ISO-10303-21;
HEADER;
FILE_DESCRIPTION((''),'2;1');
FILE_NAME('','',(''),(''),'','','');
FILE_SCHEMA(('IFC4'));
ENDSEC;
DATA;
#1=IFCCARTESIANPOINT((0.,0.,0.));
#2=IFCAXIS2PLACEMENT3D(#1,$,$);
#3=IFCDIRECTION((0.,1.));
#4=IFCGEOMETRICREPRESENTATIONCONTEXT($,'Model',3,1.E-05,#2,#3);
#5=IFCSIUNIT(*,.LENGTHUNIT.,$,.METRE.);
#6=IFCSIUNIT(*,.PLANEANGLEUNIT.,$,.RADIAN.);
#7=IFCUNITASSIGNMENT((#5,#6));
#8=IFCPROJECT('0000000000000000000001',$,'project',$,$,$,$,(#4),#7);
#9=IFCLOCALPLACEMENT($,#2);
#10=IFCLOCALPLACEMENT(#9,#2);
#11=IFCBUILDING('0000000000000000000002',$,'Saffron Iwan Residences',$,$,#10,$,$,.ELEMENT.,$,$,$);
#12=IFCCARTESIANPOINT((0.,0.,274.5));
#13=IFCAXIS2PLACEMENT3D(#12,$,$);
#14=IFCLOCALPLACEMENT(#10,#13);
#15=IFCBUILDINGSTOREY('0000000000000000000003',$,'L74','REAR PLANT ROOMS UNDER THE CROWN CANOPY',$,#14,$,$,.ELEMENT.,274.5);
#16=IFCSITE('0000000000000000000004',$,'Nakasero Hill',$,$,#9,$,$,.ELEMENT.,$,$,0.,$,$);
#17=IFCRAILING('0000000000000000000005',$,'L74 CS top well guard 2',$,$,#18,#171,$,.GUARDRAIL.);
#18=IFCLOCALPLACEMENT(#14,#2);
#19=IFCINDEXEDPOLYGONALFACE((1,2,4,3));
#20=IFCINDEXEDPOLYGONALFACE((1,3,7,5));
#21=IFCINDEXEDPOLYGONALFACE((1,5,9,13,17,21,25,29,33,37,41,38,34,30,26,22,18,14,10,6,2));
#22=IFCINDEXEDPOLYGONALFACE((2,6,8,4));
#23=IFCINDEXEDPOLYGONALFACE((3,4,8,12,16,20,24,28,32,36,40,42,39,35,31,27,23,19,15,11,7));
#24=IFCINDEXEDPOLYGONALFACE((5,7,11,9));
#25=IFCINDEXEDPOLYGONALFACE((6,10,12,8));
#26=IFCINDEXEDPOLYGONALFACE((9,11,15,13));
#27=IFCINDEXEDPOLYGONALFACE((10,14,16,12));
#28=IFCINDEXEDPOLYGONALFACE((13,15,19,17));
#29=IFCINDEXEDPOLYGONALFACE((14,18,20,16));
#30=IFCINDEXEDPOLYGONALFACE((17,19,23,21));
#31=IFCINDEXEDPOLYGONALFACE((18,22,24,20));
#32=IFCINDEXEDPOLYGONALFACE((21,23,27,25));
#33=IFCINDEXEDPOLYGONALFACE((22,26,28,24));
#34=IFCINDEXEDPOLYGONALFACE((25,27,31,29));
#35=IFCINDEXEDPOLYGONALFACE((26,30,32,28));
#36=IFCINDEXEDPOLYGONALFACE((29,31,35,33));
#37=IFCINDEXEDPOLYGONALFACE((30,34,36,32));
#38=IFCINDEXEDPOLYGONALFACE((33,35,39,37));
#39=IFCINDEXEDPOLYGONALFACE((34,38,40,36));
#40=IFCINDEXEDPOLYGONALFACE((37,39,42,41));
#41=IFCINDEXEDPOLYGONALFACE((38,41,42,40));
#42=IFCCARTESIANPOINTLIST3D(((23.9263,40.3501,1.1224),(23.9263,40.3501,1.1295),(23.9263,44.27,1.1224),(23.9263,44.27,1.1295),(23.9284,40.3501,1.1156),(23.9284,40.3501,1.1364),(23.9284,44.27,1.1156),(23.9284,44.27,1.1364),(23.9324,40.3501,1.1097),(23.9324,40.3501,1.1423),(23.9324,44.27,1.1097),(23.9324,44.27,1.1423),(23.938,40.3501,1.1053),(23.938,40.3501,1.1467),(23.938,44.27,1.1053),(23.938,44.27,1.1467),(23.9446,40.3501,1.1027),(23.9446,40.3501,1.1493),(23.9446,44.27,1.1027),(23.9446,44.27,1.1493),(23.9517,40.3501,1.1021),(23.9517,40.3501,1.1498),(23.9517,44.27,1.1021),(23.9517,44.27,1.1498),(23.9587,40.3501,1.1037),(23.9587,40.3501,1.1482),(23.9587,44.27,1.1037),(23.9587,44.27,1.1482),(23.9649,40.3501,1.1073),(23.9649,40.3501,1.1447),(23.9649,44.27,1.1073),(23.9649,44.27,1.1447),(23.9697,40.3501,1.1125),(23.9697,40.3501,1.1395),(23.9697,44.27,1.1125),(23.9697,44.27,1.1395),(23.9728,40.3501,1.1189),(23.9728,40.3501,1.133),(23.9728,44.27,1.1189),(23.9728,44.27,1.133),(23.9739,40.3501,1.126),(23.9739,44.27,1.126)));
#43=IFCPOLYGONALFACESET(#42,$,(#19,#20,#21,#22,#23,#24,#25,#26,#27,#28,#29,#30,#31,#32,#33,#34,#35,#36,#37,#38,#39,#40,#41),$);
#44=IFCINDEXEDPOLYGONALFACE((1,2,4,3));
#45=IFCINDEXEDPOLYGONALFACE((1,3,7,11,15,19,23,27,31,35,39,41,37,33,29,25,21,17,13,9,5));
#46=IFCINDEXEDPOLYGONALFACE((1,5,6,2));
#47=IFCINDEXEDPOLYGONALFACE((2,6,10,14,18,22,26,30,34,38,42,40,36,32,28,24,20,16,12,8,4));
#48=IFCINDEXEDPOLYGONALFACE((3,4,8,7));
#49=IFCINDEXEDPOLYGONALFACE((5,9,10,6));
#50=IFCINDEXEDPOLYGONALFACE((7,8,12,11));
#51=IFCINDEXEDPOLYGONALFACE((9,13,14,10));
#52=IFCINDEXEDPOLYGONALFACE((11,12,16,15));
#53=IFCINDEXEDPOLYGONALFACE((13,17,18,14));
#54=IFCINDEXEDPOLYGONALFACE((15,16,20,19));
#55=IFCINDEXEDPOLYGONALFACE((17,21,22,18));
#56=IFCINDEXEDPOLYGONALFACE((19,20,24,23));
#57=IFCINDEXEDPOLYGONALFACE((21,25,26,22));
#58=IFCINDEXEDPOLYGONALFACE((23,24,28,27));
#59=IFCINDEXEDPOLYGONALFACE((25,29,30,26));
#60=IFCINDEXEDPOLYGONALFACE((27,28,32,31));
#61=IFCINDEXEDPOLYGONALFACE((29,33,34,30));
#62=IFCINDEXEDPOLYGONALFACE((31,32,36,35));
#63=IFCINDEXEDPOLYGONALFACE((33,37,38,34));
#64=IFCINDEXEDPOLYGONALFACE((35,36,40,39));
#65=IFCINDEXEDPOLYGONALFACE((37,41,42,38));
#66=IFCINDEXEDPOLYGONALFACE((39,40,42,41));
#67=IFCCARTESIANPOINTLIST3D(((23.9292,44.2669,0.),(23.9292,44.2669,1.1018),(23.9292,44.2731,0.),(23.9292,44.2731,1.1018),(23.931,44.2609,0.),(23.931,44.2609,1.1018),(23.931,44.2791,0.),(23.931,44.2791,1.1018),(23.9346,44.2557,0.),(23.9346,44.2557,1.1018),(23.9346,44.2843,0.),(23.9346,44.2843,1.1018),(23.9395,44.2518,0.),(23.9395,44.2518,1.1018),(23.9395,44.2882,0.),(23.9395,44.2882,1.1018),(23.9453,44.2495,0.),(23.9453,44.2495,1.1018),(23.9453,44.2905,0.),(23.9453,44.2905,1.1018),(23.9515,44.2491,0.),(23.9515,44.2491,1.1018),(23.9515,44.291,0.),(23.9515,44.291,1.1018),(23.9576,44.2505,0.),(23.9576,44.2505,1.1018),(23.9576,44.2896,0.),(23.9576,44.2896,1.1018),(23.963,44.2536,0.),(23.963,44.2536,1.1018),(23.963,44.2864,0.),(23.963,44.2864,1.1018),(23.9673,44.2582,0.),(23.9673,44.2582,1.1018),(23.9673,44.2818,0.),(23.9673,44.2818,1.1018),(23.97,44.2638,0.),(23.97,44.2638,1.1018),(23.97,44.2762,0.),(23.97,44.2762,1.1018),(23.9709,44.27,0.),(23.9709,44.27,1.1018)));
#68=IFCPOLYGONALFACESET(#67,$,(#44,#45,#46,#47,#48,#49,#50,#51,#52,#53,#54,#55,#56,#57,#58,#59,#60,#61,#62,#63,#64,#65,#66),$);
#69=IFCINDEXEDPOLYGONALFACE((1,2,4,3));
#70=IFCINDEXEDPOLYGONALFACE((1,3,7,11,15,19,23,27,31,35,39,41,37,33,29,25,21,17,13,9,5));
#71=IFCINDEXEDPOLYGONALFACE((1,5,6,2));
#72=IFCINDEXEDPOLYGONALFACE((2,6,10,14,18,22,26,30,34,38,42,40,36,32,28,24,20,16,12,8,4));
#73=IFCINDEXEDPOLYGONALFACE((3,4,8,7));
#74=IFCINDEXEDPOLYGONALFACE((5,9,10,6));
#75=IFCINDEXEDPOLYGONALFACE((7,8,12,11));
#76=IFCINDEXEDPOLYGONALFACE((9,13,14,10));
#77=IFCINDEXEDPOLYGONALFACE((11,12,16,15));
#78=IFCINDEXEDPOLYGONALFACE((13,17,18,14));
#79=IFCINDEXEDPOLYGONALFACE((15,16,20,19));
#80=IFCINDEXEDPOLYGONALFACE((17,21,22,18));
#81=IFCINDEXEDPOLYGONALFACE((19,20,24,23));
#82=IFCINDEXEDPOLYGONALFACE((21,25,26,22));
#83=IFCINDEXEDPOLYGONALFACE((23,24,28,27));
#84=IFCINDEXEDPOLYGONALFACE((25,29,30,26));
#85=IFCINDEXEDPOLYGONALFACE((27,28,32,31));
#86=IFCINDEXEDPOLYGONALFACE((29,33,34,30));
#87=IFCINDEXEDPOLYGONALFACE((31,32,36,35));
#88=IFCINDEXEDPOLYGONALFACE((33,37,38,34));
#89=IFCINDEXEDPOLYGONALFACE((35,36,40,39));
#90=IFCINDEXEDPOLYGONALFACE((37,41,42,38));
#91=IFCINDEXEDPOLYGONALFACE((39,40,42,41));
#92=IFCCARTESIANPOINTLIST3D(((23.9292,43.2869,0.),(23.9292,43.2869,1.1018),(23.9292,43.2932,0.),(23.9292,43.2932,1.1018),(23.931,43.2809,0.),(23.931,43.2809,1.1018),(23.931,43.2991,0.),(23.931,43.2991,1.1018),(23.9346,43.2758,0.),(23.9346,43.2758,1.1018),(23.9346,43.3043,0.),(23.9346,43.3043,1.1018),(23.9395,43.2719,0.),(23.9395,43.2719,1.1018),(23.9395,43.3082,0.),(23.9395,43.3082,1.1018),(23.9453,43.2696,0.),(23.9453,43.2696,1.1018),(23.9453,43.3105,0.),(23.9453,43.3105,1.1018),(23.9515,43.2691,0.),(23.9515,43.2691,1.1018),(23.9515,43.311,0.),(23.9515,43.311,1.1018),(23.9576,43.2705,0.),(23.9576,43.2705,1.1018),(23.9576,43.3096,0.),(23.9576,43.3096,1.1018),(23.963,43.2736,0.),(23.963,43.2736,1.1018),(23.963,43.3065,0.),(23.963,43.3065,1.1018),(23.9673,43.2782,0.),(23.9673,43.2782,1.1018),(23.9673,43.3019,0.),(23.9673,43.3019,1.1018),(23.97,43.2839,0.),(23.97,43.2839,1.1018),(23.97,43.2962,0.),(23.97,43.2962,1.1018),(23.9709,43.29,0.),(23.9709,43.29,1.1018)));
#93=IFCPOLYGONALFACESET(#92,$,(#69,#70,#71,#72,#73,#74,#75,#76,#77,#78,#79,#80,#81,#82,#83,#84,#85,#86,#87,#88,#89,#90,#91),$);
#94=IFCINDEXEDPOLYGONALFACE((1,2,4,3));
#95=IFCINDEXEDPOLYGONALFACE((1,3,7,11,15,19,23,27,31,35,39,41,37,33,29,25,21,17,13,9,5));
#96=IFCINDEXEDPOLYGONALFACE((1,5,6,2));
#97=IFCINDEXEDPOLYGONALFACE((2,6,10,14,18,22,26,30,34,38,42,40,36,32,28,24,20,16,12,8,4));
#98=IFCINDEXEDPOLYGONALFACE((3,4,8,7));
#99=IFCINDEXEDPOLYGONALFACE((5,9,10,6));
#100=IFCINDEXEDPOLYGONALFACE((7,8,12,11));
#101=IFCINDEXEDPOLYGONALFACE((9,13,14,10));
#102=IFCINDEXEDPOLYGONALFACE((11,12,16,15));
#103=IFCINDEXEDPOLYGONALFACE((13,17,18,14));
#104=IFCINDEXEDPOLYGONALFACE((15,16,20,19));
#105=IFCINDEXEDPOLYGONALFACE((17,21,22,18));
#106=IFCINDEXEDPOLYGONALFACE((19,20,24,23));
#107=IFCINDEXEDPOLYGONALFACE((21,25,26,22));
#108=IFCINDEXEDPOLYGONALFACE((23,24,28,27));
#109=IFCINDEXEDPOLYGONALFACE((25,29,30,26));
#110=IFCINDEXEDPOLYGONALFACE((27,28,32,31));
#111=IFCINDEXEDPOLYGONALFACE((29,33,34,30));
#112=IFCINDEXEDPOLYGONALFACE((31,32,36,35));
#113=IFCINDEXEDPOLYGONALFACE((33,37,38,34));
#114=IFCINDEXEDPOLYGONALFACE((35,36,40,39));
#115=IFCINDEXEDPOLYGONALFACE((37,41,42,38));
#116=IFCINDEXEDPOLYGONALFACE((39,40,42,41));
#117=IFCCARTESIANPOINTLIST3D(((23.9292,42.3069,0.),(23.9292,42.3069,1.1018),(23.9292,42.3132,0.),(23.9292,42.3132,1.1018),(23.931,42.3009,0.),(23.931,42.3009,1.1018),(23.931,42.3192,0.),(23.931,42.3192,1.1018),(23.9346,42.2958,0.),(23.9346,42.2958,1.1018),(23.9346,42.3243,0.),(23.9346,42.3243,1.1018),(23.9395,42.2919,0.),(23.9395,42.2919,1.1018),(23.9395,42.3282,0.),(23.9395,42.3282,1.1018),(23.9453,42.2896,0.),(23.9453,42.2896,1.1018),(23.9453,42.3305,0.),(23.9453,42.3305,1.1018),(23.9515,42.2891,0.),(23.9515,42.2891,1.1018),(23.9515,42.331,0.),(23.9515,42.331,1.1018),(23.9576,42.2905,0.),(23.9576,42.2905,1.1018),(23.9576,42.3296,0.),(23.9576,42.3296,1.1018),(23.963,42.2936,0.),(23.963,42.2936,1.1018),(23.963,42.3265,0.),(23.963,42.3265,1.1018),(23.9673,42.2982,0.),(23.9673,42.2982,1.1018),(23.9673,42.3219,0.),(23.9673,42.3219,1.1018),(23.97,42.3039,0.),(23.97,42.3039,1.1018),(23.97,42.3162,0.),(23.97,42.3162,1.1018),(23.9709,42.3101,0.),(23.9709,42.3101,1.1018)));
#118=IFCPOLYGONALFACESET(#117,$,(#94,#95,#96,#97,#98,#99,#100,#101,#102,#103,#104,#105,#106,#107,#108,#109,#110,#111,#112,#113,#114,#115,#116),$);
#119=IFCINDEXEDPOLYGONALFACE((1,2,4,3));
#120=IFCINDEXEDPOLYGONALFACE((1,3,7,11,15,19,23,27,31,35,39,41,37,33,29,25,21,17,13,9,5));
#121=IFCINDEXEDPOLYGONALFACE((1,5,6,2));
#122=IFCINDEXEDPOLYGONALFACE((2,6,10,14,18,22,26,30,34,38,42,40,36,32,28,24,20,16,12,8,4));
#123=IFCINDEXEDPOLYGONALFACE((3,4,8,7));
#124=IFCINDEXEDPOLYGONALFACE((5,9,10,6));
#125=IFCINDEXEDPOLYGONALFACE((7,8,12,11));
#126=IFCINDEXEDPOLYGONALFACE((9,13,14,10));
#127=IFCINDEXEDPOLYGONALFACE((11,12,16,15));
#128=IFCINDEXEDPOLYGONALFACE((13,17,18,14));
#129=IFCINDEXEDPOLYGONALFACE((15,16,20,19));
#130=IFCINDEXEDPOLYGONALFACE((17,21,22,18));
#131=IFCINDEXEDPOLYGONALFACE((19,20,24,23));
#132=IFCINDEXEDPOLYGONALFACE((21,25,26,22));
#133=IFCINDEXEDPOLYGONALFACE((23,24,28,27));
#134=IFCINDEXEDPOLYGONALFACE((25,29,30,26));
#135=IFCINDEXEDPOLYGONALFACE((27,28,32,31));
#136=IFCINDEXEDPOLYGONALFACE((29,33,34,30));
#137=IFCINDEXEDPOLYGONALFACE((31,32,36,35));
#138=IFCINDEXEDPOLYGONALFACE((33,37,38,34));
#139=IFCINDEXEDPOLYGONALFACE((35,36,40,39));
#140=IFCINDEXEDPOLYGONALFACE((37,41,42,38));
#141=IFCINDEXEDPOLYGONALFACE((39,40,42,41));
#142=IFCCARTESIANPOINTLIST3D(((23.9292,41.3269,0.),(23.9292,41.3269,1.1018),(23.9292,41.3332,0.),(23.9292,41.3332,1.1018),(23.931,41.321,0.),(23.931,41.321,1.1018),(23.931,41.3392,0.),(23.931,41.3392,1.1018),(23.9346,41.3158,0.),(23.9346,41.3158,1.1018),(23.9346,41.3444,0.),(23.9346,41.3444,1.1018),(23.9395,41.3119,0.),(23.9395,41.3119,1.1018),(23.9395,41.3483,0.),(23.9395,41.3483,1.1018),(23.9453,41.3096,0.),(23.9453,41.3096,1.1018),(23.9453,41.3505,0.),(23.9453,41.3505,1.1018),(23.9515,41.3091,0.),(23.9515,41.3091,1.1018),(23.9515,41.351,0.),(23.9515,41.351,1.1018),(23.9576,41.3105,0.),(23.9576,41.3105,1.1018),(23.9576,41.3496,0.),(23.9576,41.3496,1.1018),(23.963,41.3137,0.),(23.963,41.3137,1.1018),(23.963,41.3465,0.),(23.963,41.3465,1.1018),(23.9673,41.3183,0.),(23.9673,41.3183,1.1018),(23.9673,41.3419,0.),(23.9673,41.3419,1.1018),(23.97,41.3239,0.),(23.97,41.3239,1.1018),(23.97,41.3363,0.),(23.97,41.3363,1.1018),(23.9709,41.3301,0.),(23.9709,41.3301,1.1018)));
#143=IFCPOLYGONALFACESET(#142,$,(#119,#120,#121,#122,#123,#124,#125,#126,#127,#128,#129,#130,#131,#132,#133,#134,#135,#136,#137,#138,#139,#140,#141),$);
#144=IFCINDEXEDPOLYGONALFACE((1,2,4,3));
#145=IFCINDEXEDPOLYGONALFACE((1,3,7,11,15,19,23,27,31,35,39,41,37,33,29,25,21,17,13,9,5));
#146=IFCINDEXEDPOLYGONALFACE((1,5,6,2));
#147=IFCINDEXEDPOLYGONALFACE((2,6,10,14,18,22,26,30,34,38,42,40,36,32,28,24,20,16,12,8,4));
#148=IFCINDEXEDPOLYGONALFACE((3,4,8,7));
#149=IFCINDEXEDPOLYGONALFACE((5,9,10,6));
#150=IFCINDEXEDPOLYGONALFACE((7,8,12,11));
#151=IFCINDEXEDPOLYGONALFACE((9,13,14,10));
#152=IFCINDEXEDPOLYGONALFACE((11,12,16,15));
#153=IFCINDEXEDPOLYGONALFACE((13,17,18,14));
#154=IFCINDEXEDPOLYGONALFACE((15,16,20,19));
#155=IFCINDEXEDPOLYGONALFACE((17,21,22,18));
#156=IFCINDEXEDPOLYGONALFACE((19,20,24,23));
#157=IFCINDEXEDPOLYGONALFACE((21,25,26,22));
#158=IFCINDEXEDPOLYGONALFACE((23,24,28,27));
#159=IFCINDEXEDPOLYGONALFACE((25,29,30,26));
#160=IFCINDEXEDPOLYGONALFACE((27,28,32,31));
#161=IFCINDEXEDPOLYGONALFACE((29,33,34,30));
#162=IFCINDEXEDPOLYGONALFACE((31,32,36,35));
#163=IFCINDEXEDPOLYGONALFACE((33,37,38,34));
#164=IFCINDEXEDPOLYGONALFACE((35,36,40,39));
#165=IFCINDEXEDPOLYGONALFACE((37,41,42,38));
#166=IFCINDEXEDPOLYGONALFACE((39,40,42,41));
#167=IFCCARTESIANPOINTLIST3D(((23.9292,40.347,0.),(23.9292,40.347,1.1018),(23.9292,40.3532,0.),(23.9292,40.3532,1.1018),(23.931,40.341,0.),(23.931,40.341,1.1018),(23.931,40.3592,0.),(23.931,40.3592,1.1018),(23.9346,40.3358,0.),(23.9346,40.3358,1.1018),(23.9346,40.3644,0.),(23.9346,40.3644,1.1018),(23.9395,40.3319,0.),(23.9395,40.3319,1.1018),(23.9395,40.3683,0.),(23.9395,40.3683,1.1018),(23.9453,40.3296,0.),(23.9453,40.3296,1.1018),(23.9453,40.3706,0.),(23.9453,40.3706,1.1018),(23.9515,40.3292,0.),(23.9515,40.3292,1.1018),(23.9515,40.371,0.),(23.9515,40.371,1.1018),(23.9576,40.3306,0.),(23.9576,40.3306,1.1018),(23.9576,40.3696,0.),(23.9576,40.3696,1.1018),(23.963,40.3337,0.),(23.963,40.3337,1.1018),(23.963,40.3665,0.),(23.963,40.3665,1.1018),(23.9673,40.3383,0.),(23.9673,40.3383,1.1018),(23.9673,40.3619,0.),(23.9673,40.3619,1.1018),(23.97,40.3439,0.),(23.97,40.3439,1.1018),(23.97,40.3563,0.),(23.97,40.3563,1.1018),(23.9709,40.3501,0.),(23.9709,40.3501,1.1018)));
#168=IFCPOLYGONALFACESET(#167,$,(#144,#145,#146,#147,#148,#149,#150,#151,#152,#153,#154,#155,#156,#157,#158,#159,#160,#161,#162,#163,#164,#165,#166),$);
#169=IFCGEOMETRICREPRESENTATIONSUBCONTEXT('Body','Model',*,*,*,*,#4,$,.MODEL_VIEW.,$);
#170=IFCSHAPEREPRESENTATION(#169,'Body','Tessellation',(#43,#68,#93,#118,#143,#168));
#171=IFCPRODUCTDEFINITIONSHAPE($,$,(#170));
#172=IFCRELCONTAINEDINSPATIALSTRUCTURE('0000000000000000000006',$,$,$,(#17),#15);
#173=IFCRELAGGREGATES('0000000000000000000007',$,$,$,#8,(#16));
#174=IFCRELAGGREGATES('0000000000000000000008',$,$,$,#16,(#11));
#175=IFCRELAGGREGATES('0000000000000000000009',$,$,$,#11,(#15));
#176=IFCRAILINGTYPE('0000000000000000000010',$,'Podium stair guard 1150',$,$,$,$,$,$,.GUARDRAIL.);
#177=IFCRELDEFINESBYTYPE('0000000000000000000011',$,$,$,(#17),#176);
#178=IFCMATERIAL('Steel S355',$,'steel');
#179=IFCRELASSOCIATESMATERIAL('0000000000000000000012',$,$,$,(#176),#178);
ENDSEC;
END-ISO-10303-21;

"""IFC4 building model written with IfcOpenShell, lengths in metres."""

from ifc_helpers import new_model, si_unit, direction, frame, origin, origin_2d, place, context, subcontext, project, spatial, circle, extrude, material, type_object, element, save


model = new_model("IFC4")

# Units and contexts
model_context = context("Model", 3, precision=1e-05, world=origin(), true_north=direction((0.0, 1.0)))
body_context = subcontext(model_context, "Body", "Model", "MODEL_VIEW")
ifc_project = project(units=[si_unit("LENGTHUNIT", "METRE"), si_unit("PLANEANGLEUNIT", "RADIAN")], contexts=[model_context])

# Site, building, storey
site_placement = place(None, origin())
site = spatial("IfcSite", under=ifc_project, at=site_placement, Name="Nakasero Hill", CompositionType="ELEMENT", RefElevation=0.0)
building_placement = place(site_placement, origin())
building = spatial("IfcBuilding", under=site, at=building_placement, Name="Saffron Iwan Residences", CompositionType="ELEMENT")
storey_placement = place(building_placement, frame((0.0, 0.0, 274.5)))
storey = spatial("IfcBuildingStorey", under=building, at=storey_placement, Name="L74", Description="REAR PLANT ROOMS UNDER THE CROWN CANOPY", CompositionType="ELEMENT", Elevation=274.5)

# Railing
ifc_material_1 = material(Name="Steel S355", Category="steel")
railing_type_1 = type_object("IfcRailingType", Name="Podium stair guard 1150", PredefinedType="GUARDRAIL", material=ifc_material_1)
railing_1_placement = place(storey_placement, frame((23.95, 44.27, 0.0)))
element("IfcRailing", 1, at=railing_1_placement, inside=storey, type_object=railing_type_1, Name="L74 CS top well guard 2", PredefinedType="GUARDRAIL", context=body_context, shape_type="SweptSolid", body=[
    extrude(circle(Radius=0.0239, at=origin_2d()), frame((0.0, 0.0, 1.126), z_axis=(0.0, -1.0, 0.0), x_axis=(1.0, 0.0, 0.0)), (0.0, 0.0, 1.0), 3.9199),
    extrude(circle(Radius=0.021, at=origin_2d()), origin(), (0.0, 0.0, 1.0), 1.1018),
    extrude(circle(Radius=0.021, at=origin_2d()), frame((0.0, -0.98, 0.0)), (0.0, 0.0, 1.0), 1.1018),
    extrude(circle(Radius=0.021, at=origin_2d()), frame((0.0, -1.96, 0.0)), (0.0, 0.0, 1.0), 1.1018),
    extrude(circle(Radius=0.021, at=origin_2d()), frame((0.0, -2.9399, 0.0)), (0.0, 0.0, 1.0), 1.1018),
    extrude(circle(Radius=0.021, at=origin_2d()), frame((0.0, -3.9199, 0.0)), (0.0, 0.0, 1.0), 1.1018),
])

save(model, "model.ifc")
